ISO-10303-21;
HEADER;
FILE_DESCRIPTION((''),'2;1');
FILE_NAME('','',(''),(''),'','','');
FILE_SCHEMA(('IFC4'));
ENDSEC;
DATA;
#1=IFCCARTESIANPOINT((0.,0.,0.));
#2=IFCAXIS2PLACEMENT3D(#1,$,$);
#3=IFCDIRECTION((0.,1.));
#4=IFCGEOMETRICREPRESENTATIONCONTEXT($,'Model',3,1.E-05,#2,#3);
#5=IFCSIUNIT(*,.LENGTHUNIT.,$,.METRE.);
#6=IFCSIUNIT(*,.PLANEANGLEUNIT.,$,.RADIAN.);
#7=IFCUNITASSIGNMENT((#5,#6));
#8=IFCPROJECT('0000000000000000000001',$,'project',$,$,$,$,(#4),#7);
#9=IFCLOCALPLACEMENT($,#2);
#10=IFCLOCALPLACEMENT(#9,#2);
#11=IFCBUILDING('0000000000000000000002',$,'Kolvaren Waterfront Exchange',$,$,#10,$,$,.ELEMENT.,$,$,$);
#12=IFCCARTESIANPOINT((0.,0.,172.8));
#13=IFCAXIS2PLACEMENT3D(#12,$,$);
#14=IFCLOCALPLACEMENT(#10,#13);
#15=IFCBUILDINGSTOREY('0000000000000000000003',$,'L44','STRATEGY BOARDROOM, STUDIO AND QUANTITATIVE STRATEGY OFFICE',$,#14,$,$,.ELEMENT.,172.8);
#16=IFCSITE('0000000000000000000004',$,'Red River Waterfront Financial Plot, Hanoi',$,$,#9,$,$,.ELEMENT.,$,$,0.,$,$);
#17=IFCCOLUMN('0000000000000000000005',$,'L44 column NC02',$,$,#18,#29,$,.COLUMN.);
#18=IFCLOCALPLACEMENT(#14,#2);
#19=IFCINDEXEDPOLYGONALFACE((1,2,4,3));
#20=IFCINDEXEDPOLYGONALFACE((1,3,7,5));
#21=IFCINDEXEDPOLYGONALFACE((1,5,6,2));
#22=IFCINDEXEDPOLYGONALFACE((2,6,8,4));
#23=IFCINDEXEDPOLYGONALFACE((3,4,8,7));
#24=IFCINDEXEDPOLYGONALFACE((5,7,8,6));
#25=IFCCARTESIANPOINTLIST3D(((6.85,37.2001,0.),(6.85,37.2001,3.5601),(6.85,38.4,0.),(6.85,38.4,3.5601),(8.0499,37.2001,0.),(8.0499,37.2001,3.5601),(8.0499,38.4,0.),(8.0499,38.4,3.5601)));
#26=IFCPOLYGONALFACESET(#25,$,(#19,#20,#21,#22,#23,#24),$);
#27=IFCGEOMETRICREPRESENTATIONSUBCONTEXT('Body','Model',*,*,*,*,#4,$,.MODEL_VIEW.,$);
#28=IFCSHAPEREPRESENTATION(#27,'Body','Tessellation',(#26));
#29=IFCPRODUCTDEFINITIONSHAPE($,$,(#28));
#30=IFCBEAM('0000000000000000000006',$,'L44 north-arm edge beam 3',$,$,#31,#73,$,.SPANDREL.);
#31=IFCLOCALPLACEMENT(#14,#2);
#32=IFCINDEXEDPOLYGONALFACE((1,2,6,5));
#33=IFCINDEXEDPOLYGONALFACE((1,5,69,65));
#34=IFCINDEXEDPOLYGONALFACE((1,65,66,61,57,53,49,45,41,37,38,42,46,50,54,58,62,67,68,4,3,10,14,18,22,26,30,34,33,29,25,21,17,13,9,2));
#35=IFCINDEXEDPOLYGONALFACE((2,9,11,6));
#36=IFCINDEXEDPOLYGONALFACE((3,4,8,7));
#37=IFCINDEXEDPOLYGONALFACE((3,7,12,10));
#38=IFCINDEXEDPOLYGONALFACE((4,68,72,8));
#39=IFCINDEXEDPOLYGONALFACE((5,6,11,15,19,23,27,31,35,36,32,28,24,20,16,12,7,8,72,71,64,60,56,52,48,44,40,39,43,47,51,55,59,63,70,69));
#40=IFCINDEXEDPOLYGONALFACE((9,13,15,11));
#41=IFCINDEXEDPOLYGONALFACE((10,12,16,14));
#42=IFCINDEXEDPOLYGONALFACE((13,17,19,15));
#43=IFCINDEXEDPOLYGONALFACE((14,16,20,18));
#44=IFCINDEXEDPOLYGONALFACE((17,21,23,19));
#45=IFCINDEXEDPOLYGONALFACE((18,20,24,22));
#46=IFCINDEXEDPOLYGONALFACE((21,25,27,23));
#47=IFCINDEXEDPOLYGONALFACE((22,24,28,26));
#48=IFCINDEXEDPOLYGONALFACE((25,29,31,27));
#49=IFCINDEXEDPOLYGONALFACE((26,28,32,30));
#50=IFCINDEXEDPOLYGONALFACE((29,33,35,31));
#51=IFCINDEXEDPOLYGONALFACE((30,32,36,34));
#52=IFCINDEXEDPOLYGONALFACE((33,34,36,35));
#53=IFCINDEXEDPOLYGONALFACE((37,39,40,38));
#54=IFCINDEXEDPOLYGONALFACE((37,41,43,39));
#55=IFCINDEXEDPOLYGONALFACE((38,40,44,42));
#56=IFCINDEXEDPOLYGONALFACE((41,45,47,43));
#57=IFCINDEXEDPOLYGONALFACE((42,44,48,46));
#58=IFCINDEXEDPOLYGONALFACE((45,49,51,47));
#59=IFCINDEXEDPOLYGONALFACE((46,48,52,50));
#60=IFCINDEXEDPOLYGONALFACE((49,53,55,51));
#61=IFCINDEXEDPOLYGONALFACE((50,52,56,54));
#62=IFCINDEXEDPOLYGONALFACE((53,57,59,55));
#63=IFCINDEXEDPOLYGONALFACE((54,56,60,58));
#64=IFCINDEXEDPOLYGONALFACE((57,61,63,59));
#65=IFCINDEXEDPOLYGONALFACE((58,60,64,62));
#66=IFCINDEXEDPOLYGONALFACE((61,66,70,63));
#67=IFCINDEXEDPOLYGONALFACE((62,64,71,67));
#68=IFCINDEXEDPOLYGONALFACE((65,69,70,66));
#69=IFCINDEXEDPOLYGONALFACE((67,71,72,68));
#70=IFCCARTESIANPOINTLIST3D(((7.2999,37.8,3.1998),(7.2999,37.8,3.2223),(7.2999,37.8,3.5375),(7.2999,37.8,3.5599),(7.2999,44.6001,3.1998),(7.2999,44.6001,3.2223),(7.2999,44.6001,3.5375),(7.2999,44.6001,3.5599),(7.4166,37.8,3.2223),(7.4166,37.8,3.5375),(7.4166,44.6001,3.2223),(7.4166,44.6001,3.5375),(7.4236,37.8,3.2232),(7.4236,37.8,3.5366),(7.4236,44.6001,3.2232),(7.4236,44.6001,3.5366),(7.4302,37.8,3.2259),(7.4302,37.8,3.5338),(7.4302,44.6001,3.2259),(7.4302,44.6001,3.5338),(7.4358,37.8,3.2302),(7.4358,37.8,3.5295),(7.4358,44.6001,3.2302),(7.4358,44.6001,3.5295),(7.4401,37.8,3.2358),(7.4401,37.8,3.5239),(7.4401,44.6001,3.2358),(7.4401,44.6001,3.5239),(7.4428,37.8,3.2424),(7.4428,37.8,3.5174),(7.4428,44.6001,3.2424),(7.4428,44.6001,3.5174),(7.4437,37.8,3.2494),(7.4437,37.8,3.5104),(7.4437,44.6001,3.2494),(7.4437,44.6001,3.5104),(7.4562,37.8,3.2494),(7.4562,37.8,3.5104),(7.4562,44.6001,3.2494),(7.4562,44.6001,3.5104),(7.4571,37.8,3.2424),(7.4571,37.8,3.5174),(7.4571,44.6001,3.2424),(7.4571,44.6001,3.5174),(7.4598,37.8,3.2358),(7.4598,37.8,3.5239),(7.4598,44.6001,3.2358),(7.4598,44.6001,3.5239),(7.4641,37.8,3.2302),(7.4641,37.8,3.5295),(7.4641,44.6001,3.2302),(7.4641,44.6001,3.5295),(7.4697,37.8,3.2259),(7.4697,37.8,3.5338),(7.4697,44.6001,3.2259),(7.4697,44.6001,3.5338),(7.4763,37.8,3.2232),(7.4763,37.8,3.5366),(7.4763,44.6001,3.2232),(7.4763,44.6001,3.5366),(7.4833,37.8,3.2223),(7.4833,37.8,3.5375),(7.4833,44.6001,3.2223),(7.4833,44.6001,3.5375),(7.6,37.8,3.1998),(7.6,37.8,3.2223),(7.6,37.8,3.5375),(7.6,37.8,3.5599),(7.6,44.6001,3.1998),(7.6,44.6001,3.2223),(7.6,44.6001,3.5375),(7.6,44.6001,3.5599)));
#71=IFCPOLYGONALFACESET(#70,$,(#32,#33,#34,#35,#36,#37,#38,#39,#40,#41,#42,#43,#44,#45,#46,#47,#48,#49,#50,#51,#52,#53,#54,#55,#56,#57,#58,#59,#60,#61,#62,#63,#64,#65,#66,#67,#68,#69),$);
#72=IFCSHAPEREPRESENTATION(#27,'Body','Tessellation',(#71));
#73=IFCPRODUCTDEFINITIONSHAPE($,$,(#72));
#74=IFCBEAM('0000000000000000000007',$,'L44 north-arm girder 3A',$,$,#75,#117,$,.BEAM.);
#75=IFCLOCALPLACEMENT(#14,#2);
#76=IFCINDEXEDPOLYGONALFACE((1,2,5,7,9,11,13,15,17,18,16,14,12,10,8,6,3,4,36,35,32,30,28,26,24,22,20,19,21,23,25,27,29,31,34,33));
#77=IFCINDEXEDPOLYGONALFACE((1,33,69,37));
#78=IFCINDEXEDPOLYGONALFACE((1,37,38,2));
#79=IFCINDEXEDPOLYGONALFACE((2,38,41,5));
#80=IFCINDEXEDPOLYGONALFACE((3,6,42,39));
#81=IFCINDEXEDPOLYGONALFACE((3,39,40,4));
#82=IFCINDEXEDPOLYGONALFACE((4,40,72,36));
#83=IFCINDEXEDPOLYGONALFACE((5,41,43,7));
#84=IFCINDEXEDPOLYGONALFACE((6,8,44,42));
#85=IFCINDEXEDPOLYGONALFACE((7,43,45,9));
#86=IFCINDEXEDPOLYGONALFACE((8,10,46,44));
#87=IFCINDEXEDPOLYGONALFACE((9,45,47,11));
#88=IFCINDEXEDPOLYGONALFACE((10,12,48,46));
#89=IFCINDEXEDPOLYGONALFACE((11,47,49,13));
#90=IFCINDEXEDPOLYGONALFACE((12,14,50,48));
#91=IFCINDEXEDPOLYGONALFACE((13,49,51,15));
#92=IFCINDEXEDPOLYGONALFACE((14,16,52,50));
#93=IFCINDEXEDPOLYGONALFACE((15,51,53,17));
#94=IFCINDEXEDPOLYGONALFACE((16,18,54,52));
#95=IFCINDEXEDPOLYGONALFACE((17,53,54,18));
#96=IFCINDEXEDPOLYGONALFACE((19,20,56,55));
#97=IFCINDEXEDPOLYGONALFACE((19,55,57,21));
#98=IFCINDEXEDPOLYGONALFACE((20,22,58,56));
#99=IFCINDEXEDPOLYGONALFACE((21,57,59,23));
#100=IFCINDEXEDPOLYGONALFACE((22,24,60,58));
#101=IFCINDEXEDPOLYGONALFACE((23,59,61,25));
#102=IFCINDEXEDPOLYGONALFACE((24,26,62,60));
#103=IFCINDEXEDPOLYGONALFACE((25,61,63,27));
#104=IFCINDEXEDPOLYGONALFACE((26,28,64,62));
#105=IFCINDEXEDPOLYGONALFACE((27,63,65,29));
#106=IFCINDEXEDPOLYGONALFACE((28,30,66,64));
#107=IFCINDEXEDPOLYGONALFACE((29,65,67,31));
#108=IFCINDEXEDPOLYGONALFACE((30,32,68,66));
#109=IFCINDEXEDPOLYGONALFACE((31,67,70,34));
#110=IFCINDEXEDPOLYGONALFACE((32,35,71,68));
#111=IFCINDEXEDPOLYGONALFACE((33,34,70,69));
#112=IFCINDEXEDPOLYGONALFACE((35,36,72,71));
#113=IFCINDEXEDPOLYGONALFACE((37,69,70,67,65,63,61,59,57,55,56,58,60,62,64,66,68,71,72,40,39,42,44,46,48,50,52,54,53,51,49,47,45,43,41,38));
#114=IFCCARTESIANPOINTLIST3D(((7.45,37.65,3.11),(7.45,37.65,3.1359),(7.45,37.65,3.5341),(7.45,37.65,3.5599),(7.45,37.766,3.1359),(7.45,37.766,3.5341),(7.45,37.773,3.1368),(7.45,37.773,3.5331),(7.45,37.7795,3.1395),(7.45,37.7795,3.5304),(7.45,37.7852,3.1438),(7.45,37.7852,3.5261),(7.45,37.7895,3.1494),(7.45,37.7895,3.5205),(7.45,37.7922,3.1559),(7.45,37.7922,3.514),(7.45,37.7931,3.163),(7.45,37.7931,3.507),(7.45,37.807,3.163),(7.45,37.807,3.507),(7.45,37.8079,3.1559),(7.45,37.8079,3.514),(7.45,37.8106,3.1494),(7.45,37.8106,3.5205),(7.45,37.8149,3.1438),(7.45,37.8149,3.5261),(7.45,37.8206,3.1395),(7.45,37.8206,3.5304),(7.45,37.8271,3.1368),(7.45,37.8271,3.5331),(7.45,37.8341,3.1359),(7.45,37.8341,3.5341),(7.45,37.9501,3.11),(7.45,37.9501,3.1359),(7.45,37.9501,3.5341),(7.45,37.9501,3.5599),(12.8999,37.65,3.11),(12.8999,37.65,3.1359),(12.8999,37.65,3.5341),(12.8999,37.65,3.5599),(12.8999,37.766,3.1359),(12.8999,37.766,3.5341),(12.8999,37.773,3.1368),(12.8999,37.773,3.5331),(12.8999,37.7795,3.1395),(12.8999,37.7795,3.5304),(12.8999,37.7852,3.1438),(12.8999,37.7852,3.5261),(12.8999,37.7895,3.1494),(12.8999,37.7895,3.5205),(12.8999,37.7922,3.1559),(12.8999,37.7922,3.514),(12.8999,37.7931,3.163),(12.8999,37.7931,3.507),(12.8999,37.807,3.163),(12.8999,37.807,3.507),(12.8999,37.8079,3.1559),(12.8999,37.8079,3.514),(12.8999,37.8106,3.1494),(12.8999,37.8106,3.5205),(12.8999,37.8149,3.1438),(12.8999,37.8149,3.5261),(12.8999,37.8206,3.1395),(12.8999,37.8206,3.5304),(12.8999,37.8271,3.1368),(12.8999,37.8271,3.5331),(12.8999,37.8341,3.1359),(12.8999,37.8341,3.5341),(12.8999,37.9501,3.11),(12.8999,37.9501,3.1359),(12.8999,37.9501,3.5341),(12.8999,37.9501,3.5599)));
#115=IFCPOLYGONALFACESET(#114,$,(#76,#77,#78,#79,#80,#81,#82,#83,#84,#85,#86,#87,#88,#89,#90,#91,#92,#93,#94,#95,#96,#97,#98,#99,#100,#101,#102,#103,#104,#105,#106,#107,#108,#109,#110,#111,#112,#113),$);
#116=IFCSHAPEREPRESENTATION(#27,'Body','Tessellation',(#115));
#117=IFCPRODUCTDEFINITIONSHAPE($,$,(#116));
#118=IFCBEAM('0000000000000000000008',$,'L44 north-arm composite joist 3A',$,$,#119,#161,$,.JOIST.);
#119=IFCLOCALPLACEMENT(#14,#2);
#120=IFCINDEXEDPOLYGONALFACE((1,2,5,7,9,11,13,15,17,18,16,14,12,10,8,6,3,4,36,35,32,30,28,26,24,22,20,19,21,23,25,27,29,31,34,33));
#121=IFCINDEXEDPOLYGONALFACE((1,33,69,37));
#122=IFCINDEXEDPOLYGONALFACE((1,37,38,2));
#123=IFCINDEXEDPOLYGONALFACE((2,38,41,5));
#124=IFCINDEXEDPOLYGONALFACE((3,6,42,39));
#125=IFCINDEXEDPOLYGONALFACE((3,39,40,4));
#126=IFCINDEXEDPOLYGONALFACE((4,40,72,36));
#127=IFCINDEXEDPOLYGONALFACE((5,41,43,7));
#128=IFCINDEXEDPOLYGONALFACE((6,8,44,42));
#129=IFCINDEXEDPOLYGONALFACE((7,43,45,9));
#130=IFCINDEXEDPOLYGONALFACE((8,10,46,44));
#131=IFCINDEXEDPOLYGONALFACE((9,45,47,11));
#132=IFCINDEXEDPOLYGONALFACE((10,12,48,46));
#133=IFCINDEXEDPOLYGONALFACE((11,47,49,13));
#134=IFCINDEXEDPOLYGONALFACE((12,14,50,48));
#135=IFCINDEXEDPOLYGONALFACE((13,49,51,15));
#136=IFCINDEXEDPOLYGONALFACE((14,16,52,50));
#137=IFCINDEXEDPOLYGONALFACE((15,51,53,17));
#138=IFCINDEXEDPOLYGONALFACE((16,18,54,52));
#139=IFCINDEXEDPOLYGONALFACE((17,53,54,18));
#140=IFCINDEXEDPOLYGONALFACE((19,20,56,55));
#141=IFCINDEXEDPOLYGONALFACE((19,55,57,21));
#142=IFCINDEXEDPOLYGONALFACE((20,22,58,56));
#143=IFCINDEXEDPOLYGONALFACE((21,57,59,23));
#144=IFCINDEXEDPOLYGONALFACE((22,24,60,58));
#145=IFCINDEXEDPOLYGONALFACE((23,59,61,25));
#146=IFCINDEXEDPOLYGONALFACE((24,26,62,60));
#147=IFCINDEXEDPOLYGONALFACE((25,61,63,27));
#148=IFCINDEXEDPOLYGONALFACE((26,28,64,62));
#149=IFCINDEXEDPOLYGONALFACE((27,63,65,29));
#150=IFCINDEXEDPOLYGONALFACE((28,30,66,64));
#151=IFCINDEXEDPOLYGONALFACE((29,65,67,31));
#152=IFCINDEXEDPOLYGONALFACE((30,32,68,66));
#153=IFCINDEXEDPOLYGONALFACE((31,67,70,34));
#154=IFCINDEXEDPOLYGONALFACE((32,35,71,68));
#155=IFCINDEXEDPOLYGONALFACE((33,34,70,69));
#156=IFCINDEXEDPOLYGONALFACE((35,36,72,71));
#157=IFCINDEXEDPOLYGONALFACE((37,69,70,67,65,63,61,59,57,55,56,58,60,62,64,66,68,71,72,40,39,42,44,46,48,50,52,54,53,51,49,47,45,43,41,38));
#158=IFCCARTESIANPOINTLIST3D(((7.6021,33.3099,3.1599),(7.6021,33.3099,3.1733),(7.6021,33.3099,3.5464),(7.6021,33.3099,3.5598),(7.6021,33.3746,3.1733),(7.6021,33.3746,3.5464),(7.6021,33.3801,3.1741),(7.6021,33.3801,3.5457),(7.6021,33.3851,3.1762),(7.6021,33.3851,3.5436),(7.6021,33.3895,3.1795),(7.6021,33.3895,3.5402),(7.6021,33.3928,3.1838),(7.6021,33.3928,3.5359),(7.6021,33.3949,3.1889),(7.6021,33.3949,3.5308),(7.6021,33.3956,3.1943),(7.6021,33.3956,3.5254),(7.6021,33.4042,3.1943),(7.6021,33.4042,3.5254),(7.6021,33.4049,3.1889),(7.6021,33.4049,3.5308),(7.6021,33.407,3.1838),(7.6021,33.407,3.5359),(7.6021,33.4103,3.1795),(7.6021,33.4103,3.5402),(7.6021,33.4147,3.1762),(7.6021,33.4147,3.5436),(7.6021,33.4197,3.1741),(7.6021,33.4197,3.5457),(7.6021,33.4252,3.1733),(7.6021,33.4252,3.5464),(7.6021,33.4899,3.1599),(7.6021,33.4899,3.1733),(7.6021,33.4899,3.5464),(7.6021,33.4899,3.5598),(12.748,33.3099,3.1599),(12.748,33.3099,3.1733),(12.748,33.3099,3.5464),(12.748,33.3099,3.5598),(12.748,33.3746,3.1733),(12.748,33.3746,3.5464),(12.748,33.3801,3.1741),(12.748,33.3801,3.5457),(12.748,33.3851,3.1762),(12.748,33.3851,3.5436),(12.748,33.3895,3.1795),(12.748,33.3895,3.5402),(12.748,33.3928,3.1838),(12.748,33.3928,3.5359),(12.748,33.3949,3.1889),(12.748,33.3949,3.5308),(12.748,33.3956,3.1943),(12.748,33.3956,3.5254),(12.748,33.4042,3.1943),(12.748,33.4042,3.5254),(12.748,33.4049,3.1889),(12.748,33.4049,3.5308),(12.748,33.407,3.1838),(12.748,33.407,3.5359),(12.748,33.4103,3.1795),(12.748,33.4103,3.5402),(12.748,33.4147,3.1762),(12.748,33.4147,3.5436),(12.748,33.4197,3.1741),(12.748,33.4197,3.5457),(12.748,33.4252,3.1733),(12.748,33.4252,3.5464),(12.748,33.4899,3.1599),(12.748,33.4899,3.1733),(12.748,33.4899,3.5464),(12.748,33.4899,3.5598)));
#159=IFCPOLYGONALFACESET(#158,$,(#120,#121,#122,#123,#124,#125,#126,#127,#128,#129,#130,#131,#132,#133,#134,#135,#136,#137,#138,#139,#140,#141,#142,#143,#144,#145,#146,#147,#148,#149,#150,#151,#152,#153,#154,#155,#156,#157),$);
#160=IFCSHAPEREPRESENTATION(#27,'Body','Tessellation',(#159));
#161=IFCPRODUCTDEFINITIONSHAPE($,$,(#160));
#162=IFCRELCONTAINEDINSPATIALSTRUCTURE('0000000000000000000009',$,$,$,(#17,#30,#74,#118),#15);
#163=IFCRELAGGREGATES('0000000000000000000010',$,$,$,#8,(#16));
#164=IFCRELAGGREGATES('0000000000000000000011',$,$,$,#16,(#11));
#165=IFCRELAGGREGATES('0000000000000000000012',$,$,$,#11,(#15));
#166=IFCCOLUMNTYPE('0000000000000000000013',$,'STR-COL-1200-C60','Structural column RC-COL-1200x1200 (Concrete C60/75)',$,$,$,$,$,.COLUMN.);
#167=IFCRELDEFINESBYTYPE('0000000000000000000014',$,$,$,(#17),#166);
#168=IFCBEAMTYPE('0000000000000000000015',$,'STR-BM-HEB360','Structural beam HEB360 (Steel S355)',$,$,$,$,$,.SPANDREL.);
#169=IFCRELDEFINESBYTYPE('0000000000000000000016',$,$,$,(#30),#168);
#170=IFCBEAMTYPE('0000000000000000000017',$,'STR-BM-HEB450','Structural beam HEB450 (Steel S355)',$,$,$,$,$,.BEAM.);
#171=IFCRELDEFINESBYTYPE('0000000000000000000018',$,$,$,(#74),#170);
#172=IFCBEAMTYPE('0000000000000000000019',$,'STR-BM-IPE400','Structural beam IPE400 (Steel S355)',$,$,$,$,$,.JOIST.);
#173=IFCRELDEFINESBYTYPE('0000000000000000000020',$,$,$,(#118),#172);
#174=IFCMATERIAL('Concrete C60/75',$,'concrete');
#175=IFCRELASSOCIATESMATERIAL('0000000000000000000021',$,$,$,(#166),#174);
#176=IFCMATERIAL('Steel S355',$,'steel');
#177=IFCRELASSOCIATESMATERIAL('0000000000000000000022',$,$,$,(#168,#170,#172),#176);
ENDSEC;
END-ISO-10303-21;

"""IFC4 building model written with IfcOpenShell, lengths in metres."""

from ifc_helpers import new_model, si_unit, direction, frame, origin, origin_2d, place, context, subcontext, project, spatial, rectangle, i_section, extrude, material, material_profile, profile_set, type_object, element, save


model = new_model("IFC4")

# Units and contexts
model_context = context("Model", 3, precision=1e-05, world=origin(), true_north=direction((0.0, 1.0)))
body_context = subcontext(model_context, "Body", "Model", "MODEL_VIEW")
ifc_project = project(units=[si_unit("LENGTHUNIT", "METRE"), si_unit("PLANEANGLEUNIT", "RADIAN")], contexts=[model_context])

# Site, building, storey
site_placement = place(None, origin())
site = spatial("IfcSite", under=ifc_project, at=site_placement, Name="Red River Waterfront Financial Plot, Hanoi", CompositionType="ELEMENT", RefElevation=0.0)
building_placement = place(site_placement, origin())
building = spatial("IfcBuilding", under=site, at=building_placement, Name="Kolvaren Waterfront Exchange", CompositionType="ELEMENT")
storey_placement = place(building_placement, frame((0.0, 0.0, 172.8)))
storey = spatial("IfcBuildingStorey", under=building, at=storey_placement, Name="L44", Description="STRATEGY BOARDROOM, STUDIO AND QUANTITATIVE STRATEGY OFFICE", CompositionType="ELEMENT", Elevation=172.8)

# Column
ifc_material_1 = material(Name="Concrete C60/75", Category="concrete")
ifc_material_profile_1 = material_profile(ifc_material_1, rectangle(XDim=1.2, YDim=1.2, at=origin_2d()), Name="RC-COL-1200x1200")
ifc_profile_set_1 = profile_set([ifc_material_profile_1], Name="Concrete C60/75")
column_type = type_object("IfcColumnType", Name="STR-COL-1200-C60", Description="Structural column RC-COL-1200x1200 (Concrete C60/75)", PredefinedType="COLUMN", material=ifc_profile_set_1)
column_placement = place(storey_placement, frame((7.45, 37.8, 0.0), z_axis=(0.0, 0.0, 1.0), x_axis=(1.0, 0.0, 0.0)))
element("IfcColumn", 1, at=column_placement, inside=storey, type_object=column_type, Name="L44 column NC02", PredefinedType="COLUMN", context=body_context, shape_type="SweptSolid", body=[
    extrude(rectangle(XDim=1.2, YDim=1.2, at=origin_2d()), origin(), (0.0, 0.0, 1.0), 3.5601),
])

# Beams
ifc_material_2 = material(Name="Steel S355", Category="steel")
ifc_material_profile_2 = material_profile(ifc_material_2, i_section(OverallWidth=0.3, OverallDepth=0.3601, WebThickness=0.0125, FlangeThickness=0.0225, FilletRadius=0.0271, at=origin_2d()), Name="HEB360")
ifc_profile_set_2 = profile_set([ifc_material_profile_2], Name="Steel S355")
beam_type_1 = type_object("IfcBeamType", Name="STR-BM-HEB360", Description="Structural beam HEB360 (Steel S355)", PredefinedType="SPANDREL", material=ifc_profile_set_2)
beam_1_placement = place(storey_placement, frame((7.45, 37.8, 3.3799), z_axis=(0.0, 1.0, 0.0), x_axis=(-1.0, 0.0, 0.0)))
element("IfcBeam", 2, at=beam_1_placement, inside=storey, type_object=beam_type_1, Name="L44 north-arm edge beam 3", PredefinedType="SPANDREL", context=body_context, shape_type="SweptSolid", body=[
    extrude(i_section(OverallWidth=0.3, OverallDepth=0.3601, WebThickness=0.0125, FlangeThickness=0.0225, FilletRadius=0.0271, at=origin_2d()), origin(), (0.0, 0.0, 1.0), 6.8),
])
ifc_material_profile_3 = material_profile(ifc_material_2, i_section(OverallWidth=0.3, OverallDepth=0.45, WebThickness=0.0139, FlangeThickness=0.0259, FilletRadius=0.0271, at=origin_2d()), Name="HEB450")
ifc_profile_set_3 = profile_set([ifc_material_profile_3], Name="Steel S355")
beam_type_2 = type_object("IfcBeamType", Name="STR-BM-HEB450", Description="Structural beam HEB450 (Steel S355)", PredefinedType="BEAM", material=ifc_profile_set_3)
beam_2_placement = place(storey_placement, frame((7.45, 37.8, 3.335), z_axis=(1.0, 0.0, 0.0), x_axis=(0.0, 1.0, 0.0)))
element("IfcBeam", 3, at=beam_2_placement, inside=storey, type_object=beam_type_2, Name="L44 north-arm girder 3A", PredefinedType="BEAM", context=body_context, shape_type="SweptSolid", body=[
    extrude(i_section(OverallWidth=0.3, OverallDepth=0.45, WebThickness=0.0139, FlangeThickness=0.0259, FilletRadius=0.0271, at=origin_2d()), origin(), (0.0, 0.0, 1.0), 5.45),
])
ifc_material_profile_4 = material_profile(ifc_material_2, i_section(OverallWidth=0.1799, OverallDepth=0.3999, WebThickness=0.0085, FlangeThickness=0.0134, FilletRadius=0.021, at=origin_2d()), Name="IPE400")
ifc_profile_set_4 = profile_set([ifc_material_profile_4], Name="Steel S355")
beam_type_3 = type_object("IfcBeamType", Name="STR-BM-IPE400", Description="Structural beam IPE400 (Steel S355)", PredefinedType="JOIST", material=ifc_profile_set_4)
beam_3_placement = place(storey_placement, frame((7.6021, 33.3999, 3.3599), z_axis=(1.0, 0.0, 0.0), x_axis=(0.0, 1.0, 0.0)))
element("IfcBeam", 4, at=beam_3_placement, inside=storey, type_object=beam_type_3, Name="L44 north-arm composite joist 3A", PredefinedType="JOIST", context=body_context, shape_type="SweptSolid", body=[
    extrude(i_section(OverallWidth=0.1799, OverallDepth=0.3999, WebThickness=0.0085, FlangeThickness=0.0134, FilletRadius=0.021, at=origin_2d()), origin(), (0.0, 0.0, 1.0), 5.146),
])

save(model, "model.ifc")
